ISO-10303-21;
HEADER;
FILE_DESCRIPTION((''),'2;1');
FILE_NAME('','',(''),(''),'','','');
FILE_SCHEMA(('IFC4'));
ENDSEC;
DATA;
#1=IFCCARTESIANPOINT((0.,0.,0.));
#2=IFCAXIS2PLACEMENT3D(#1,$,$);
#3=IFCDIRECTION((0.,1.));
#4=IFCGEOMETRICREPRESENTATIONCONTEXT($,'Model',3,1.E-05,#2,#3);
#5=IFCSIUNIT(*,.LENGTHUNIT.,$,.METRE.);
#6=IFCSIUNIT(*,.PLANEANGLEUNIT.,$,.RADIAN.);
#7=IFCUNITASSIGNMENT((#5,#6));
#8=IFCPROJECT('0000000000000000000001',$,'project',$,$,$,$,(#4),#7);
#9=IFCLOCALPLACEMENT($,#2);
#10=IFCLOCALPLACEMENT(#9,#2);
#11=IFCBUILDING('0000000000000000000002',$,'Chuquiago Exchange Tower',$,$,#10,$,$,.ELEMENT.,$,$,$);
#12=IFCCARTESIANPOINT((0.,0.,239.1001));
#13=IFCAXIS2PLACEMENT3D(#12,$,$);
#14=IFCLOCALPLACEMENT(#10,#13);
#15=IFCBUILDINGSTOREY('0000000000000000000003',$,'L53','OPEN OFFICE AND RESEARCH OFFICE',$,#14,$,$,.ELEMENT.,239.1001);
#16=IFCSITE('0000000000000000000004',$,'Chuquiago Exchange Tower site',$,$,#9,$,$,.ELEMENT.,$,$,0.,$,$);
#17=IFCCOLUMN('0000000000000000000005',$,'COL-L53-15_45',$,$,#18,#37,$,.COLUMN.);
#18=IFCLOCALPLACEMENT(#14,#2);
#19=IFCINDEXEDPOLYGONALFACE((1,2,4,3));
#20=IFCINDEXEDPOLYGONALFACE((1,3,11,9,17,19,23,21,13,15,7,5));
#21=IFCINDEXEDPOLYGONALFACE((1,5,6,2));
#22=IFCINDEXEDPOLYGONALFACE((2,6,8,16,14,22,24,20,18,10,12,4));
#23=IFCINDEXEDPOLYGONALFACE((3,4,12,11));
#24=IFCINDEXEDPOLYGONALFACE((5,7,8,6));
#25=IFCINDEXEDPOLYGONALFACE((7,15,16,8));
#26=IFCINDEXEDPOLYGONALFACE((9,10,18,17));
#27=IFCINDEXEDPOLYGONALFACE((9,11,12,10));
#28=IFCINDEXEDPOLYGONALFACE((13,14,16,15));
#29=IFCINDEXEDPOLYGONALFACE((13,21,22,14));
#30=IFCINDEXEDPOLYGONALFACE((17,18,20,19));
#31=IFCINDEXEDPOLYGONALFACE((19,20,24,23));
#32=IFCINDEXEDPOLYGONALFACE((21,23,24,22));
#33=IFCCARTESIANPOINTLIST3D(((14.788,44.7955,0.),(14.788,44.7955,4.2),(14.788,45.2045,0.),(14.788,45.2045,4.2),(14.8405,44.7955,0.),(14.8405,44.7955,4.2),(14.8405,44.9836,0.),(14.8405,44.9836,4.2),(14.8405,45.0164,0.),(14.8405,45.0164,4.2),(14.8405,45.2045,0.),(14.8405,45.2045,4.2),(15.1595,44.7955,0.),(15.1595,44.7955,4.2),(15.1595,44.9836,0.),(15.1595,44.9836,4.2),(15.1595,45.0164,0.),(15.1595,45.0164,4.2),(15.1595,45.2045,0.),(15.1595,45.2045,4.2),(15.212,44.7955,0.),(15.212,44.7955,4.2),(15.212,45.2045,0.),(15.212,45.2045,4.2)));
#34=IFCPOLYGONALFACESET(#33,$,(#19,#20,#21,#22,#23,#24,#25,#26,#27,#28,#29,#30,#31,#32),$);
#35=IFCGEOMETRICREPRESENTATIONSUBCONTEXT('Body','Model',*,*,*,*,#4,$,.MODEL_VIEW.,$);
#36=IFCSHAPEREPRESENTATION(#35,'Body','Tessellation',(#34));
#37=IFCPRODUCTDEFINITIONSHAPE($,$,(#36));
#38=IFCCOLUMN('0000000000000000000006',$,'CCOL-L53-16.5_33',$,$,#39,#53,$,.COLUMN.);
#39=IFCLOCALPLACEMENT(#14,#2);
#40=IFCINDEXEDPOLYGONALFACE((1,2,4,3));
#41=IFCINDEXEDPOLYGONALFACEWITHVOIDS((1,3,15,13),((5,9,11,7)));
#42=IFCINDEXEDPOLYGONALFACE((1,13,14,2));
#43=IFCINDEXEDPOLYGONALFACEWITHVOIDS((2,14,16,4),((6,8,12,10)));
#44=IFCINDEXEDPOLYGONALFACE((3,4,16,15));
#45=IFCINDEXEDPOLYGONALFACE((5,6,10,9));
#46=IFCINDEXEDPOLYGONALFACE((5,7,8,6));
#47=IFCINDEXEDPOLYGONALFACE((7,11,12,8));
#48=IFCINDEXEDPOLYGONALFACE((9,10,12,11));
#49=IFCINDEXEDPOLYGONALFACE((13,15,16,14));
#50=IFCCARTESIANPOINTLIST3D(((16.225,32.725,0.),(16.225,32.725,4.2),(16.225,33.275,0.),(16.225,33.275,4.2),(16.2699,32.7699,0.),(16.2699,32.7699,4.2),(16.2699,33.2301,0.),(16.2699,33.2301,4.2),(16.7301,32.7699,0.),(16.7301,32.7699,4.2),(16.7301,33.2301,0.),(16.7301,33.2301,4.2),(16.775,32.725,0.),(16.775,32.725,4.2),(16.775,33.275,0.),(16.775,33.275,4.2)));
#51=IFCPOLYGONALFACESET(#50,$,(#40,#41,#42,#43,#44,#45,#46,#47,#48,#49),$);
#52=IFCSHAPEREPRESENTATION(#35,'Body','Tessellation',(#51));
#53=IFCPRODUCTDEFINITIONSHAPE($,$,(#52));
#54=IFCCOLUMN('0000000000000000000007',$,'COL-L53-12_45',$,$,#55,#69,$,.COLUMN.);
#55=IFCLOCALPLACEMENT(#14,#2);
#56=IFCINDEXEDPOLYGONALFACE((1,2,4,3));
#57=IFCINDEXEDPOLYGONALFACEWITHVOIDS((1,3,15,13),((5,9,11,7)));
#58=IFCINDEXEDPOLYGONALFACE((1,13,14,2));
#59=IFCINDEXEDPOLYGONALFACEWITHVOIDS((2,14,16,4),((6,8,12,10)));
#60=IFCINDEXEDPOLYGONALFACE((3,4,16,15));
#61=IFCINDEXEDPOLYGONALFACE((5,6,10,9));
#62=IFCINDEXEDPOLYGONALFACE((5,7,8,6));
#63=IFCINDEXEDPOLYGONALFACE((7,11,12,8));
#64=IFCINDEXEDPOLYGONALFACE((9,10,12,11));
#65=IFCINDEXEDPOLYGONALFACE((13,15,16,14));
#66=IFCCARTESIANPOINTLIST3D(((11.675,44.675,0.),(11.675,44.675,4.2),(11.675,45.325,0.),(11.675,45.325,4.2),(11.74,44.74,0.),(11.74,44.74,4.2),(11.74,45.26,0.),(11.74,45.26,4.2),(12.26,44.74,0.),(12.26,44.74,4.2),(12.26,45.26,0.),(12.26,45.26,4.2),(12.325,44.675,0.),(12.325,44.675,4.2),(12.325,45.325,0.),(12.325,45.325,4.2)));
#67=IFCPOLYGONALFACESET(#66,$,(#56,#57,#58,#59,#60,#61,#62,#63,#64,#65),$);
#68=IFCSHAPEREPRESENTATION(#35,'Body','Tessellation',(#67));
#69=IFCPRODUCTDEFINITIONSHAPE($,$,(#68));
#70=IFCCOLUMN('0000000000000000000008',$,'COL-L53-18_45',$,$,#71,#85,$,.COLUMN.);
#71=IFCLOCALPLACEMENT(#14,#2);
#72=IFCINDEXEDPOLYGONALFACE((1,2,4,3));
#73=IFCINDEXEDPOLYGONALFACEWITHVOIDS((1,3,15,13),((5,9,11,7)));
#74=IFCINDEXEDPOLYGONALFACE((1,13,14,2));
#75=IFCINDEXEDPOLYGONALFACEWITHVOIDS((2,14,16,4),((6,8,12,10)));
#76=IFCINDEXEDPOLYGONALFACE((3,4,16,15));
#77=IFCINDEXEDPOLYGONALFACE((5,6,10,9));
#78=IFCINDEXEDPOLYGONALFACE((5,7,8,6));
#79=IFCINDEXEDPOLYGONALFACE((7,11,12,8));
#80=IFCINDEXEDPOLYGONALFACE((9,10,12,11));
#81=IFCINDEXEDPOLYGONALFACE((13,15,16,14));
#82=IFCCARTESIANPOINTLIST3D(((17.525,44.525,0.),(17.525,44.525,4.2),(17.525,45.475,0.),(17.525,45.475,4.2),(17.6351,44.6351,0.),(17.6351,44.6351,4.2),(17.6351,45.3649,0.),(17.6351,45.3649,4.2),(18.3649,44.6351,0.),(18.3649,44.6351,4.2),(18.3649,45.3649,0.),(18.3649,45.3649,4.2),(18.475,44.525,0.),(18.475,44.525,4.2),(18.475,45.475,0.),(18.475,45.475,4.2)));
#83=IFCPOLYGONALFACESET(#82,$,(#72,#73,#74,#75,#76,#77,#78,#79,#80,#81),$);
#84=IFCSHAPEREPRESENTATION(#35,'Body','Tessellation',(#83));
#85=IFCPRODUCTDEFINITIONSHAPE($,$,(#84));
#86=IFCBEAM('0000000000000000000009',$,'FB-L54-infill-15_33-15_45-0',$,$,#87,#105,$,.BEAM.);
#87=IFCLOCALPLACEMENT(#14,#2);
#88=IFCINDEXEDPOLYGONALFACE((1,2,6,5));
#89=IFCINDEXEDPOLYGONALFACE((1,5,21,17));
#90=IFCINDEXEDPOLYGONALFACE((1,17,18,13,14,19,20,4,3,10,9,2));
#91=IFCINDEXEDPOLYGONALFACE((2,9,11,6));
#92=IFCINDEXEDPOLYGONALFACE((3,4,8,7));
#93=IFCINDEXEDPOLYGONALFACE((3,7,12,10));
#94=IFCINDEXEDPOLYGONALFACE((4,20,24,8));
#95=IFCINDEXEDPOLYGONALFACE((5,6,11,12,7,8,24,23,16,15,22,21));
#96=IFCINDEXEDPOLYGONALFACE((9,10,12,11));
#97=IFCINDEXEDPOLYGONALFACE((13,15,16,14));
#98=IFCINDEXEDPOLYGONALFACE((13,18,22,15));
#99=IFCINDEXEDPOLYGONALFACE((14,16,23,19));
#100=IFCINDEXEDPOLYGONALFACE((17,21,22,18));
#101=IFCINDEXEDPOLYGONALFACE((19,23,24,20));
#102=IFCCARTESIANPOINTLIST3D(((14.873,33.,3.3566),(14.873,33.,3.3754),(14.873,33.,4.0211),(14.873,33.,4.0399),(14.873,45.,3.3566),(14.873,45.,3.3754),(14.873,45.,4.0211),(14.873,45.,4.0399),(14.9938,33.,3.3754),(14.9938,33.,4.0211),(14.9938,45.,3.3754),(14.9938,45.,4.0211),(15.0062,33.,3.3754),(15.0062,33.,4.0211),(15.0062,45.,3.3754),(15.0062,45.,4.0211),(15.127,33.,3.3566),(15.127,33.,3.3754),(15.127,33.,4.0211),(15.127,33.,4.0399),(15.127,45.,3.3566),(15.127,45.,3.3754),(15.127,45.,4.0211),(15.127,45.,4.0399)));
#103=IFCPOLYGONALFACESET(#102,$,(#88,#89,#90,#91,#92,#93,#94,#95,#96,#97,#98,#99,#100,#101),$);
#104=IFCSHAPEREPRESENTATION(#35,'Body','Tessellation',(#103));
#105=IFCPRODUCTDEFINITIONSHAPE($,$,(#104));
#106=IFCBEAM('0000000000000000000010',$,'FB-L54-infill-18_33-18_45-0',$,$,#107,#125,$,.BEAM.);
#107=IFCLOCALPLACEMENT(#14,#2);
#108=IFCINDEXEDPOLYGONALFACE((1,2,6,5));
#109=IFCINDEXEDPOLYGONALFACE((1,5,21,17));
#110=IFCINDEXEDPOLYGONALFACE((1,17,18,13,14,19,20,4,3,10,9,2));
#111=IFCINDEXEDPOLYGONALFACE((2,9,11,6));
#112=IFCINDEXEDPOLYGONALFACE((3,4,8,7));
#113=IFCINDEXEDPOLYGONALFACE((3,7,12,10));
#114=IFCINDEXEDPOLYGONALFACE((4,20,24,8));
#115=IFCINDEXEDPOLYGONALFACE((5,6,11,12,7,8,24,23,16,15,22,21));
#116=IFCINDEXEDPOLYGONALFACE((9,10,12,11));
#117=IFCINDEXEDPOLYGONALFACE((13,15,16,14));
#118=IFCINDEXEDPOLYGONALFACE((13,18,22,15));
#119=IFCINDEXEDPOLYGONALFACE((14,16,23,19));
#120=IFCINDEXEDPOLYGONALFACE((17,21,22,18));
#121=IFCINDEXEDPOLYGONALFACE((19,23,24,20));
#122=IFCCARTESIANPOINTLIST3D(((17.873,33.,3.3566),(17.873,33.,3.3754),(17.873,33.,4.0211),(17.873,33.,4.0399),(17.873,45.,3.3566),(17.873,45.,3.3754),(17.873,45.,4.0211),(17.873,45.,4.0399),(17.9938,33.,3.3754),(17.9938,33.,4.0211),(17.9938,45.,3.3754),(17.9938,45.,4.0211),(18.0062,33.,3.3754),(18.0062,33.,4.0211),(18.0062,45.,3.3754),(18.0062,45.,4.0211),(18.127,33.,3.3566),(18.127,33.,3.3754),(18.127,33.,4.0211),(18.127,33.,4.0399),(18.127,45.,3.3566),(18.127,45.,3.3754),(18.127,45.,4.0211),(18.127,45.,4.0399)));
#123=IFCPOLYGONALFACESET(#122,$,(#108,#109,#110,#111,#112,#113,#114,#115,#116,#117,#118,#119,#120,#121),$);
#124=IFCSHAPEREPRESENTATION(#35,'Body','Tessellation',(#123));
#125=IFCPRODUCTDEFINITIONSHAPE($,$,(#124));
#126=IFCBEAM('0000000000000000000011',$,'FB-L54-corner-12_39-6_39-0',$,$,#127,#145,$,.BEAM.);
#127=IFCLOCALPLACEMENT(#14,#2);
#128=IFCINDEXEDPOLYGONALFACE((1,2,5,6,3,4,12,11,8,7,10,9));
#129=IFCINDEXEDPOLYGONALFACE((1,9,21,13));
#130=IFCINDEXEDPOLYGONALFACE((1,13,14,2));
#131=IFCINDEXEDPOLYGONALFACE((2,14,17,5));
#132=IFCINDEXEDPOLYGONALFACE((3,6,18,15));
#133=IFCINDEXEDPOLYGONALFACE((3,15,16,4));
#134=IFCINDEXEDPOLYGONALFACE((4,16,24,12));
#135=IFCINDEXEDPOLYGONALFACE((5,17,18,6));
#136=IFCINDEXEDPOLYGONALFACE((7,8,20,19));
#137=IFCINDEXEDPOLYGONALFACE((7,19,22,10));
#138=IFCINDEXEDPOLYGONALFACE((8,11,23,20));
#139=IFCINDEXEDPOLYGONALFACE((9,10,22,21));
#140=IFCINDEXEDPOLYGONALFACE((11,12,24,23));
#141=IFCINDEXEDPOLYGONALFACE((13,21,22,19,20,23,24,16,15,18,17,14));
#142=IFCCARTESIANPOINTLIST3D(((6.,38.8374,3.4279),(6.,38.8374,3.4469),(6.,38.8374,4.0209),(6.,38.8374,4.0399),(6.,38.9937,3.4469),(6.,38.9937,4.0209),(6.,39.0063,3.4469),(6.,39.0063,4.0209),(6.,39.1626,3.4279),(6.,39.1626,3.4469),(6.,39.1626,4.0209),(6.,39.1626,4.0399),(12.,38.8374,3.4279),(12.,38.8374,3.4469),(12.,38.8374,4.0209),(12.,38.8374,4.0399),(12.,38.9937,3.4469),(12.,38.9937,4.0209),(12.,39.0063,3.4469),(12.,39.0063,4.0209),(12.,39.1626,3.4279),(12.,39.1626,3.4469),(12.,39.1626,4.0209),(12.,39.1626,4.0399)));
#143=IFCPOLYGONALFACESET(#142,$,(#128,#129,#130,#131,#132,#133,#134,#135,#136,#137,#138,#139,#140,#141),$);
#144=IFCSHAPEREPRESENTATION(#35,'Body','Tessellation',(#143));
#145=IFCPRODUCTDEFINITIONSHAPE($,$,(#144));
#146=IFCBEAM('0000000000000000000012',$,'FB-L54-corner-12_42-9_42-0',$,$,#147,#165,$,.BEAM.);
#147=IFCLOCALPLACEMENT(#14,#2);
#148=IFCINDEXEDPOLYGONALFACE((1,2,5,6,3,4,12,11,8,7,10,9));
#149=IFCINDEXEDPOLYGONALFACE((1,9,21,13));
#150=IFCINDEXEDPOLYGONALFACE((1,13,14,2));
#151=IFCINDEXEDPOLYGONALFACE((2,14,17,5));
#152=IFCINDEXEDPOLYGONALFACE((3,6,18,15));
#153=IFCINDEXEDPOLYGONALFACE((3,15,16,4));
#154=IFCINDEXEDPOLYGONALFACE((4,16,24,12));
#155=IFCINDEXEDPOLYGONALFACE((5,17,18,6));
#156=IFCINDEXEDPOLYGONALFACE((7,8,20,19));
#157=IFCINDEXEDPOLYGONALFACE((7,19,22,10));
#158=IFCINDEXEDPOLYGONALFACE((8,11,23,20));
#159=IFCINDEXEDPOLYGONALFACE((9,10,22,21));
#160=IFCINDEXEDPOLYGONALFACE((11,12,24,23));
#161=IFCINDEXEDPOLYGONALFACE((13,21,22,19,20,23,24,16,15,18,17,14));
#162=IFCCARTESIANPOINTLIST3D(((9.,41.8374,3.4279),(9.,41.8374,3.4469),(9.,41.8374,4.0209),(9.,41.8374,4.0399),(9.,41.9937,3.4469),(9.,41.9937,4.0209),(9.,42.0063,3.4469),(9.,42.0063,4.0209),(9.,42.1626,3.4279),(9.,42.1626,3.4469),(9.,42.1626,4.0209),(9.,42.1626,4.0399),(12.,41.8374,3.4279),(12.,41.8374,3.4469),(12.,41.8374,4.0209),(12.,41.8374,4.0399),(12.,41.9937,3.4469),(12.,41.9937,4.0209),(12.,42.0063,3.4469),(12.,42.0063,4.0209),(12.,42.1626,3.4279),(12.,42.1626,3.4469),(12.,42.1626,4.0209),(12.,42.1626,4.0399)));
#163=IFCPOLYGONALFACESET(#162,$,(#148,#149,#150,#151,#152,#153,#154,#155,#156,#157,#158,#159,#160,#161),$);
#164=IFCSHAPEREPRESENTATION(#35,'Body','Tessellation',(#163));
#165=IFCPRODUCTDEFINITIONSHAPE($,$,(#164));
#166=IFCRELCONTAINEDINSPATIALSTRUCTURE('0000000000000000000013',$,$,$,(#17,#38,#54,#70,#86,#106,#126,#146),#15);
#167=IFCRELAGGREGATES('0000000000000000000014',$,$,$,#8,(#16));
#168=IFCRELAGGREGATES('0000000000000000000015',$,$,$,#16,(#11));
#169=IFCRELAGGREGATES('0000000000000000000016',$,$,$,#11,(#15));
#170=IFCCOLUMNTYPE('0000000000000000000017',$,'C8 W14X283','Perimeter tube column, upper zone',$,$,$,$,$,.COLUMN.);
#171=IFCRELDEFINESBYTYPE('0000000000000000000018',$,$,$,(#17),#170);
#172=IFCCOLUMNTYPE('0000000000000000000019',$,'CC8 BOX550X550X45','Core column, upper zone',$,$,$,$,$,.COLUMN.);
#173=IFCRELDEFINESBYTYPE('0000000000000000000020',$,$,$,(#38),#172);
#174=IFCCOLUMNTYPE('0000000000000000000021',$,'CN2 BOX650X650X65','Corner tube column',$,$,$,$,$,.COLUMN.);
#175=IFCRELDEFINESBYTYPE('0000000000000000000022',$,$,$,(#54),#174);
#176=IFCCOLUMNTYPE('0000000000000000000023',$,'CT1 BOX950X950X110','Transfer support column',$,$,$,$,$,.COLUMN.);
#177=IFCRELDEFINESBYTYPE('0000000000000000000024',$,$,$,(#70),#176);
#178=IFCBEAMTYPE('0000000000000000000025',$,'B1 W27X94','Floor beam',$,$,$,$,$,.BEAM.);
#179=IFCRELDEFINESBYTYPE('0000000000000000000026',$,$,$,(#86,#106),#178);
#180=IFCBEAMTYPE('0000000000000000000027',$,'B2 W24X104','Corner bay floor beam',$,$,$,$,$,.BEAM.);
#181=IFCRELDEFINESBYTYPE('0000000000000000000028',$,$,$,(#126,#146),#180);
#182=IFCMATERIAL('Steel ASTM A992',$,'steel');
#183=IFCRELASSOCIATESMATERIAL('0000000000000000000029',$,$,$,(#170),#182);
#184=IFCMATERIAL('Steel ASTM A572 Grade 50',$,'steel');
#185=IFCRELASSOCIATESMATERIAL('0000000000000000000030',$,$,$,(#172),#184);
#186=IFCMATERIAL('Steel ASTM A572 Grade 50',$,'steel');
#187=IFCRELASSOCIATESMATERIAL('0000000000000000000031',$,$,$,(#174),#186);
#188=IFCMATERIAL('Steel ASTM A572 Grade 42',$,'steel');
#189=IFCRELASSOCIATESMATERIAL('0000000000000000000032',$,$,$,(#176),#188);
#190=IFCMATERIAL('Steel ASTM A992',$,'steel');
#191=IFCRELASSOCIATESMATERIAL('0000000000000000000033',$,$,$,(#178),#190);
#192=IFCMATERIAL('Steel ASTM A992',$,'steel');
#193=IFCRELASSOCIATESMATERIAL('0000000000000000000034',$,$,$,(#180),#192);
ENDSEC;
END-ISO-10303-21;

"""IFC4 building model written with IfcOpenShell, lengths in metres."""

from ifc_helpers import new_model, si_unit, direction, frame, origin, origin_2d, place, context, subcontext, project, spatial, hollow_rectangle, i_section, extrude, material, material_profile, profile_set, type_object, element, save


model = new_model("IFC4")

# Units and contexts
model_context = context("Model", 3, precision=1e-05, world=origin(), true_north=direction((0.0, 1.0)))
body_context = subcontext(model_context, "Body", "Model", "MODEL_VIEW")
ifc_project = project(units=[si_unit("LENGTHUNIT", "METRE"), si_unit("PLANEANGLEUNIT", "RADIAN")], contexts=[model_context])

# Site, building, storey
site_placement = place(None, origin())
site = spatial("IfcSite", under=ifc_project, at=site_placement, Name="Chuquiago Exchange Tower site", CompositionType="ELEMENT", RefElevation=0.0)
building_placement = place(site_placement, origin())
building = spatial("IfcBuilding", under=site, at=building_placement, Name="Chuquiago Exchange Tower", CompositionType="ELEMENT")
storey_placement = place(building_placement, frame((0.0, 0.0, 239.1001)))
storey = spatial("IfcBuildingStorey", under=building, at=storey_placement, Name="L53", Description="OPEN OFFICE AND RESEARCH OFFICE", CompositionType="ELEMENT", Elevation=239.1001)

# Columns
ifc_material_1 = material(Name="Steel ASTM A992", Category="steel")
ifc_material_profile_1 = material_profile(ifc_material_1, i_section(OverallWidth=0.4089, OverallDepth=0.4241, WebThickness=0.0327, FlangeThickness=0.0525, at=origin_2d()), Name="W14X283")
ifc_profile_set_1 = profile_set([ifc_material_profile_1], Name="Steel ASTM A992")
column_type_1 = type_object("IfcColumnType", Name="C8 W14X283", Description="Perimeter tube column, upper zone", PredefinedType="COLUMN", material=ifc_profile_set_1)
column_1_placement = place(storey_placement, frame((15.0, 45.0, 0.0), z_axis=(0.0, 0.0, 1.0), x_axis=(0.0, 1.0, 0.0)))
element("IfcColumn", 1, at=column_1_placement, inside=storey, type_object=column_type_1, Name="COL-L53-15_45", PredefinedType="COLUMN", context=body_context, shape_type="SweptSolid", body=[
    extrude(i_section(OverallWidth=0.4089, OverallDepth=0.4241, WebThickness=0.0327, FlangeThickness=0.0525, at=origin_2d()), origin(), (0.0, 0.0, 1.0), 4.2),
])
ifc_material_2 = material(Name="Steel ASTM A572 Grade 50", Category="steel")
ifc_material_profile_2 = material_profile(ifc_material_2, hollow_rectangle(XDim=0.55, YDim=0.55, WallThickness=0.0449, at=origin_2d()), Name="BOX550X550X45")
ifc_profile_set_2 = profile_set([ifc_material_profile_2], Name="Steel ASTM A572 Grade 50")
column_type_2 = type_object("IfcColumnType", Name="CC8 BOX550X550X45", Description="Core column, upper zone", PredefinedType="COLUMN", material=ifc_profile_set_2)
column_2_placement = place(storey_placement, frame((16.5, 33.0, 0.0), z_axis=(0.0, 0.0, 1.0), x_axis=(1.0, 0.0, 0.0)))
element("IfcColumn", 2, at=column_2_placement, inside=storey, type_object=column_type_2, Name="CCOL-L53-16.5_33", PredefinedType="COLUMN", context=body_context, shape_type="SweptSolid", body=[
    extrude(hollow_rectangle(XDim=0.55, YDim=0.55, WallThickness=0.0449, at=origin_2d()), origin(), (0.0, 0.0, 1.0), 4.2),
])
ifc_material_3 = material(Name="Steel ASTM A572 Grade 50", Category="steel")
ifc_material_profile_3 = material_profile(ifc_material_3, hollow_rectangle(XDim=0.6499, YDim=0.6499, WallThickness=0.0649, at=origin_2d()), Name="BOX650X650X65")
ifc_profile_set_3 = profile_set([ifc_material_profile_3], Name="Steel ASTM A572 Grade 50")
column_type_3 = type_object("IfcColumnType", Name="CN2 BOX650X650X65", Description="Corner tube column", PredefinedType="COLUMN", material=ifc_profile_set_3)
column_3_placement = place(storey_placement, frame((12.0, 45.0, 0.0), z_axis=(0.0, 0.0, 1.0), x_axis=(0.0, 1.0, 0.0)))
element("IfcColumn", 3, at=column_3_placement, inside=storey, type_object=column_type_3, Name="COL-L53-12_45", PredefinedType="COLUMN", context=body_context, shape_type="SweptSolid", body=[
    extrude(hollow_rectangle(XDim=0.6499, YDim=0.6499, WallThickness=0.0649, at=origin_2d()), origin(), (0.0, 0.0, 1.0), 4.2),
])
ifc_material_4 = material(Name="Steel ASTM A572 Grade 42", Category="steel")
ifc_material_profile_4 = material_profile(ifc_material_4, hollow_rectangle(XDim=0.95, YDim=0.95, WallThickness=0.1101, at=origin_2d()), Name="BOX950X950X110")
ifc_profile_set_4 = profile_set([ifc_material_profile_4], Name="Steel ASTM A572 Grade 42")
column_type_4 = type_object("IfcColumnType", Name="CT1 BOX950X950X110", Description="Transfer support column", PredefinedType="COLUMN", material=ifc_profile_set_4)
column_4_placement = place(storey_placement, frame((18.0, 45.0, 0.0), z_axis=(0.0, 0.0, 1.0), x_axis=(0.0, 1.0, 0.0)))
element("IfcColumn", 4, at=column_4_placement, inside=storey, type_object=column_type_4, Name="COL-L53-18_45", PredefinedType="COLUMN", context=body_context, shape_type="SweptSolid", body=[
    extrude(hollow_rectangle(XDim=0.95, YDim=0.95, WallThickness=0.1101, at=origin_2d()), origin(), (0.0, 0.0, 1.0), 4.2),
])

# Beams
ifc_material_5 = material(Name="Steel ASTM A992", Category="steel")
ifc_material_profile_5 = material_profile(ifc_material_5, i_section(OverallWidth=0.2539, OverallDepth=0.6833, WebThickness=0.0125, FlangeThickness=0.0188, at=origin_2d()), Name="W27X94")
ifc_profile_set_5 = profile_set([ifc_material_profile_5], Name="Steel ASTM A992")
beam_type_1 = type_object("IfcBeamType", Name="B1 W27X94", Description="Floor beam", PredefinedType="BEAM", material=ifc_profile_set_5)
for number, where, z_axis, x_axis, name in (
    (5, (15.0, 33.0, 3.6982), (0.0, 1.0, 0.0), (-1.0, 0.0, 0.0), "FB-L54-infill-15_33-15_45-0"),
    (6, (18.0, 33.0, 3.6982), (0.0, 1.0, 0.0), (-1.0, 0.0, 0.0), "FB-L54-infill-18_33-18_45-0"),
):
    element("IfcBeam", number, at=place(storey_placement, frame(where, z_axis=z_axis, x_axis=x_axis)), inside=storey, type_object=beam_type_1, Name=name, PredefinedType="BEAM", context=body_context, shape_type="SweptSolid", body=[
        extrude(i_section(OverallWidth=0.2539, OverallDepth=0.6833, WebThickness=0.0125, FlangeThickness=0.0188, at=origin_2d()), origin(), (0.0, 0.0, 1.0), 12.0),
    ])
ifc_material_6 = material(Name="Steel ASTM A992", Category="steel")
ifc_material_profile_6 = material_profile(ifc_material_6, i_section(OverallWidth=0.3252, OverallDepth=0.6121, WebThickness=0.0127, FlangeThickness=0.019, at=origin_2d()), Name="W24X104")
ifc_profile_set_6 = profile_set([ifc_material_profile_6], Name="Steel ASTM A992")
beam_type_2 = type_object("IfcBeamType", Name="B2 W24X104", Description="Corner bay floor beam", PredefinedType="BEAM", material=ifc_profile_set_6)
beam_1_placement = place(storey_placement, frame((12.0, 39.0, 3.7339), z_axis=(-1.0, 0.0, 0.0), x_axis=(0.0, -1.0, 0.0)))
element("IfcBeam", 7, at=beam_1_placement, inside=storey, type_object=beam_type_2, Name="FB-L54-corner-12_39-6_39-0", PredefinedType="BEAM", context=body_context, shape_type="SweptSolid", body=[
    extrude(i_section(OverallWidth=0.3252, OverallDepth=0.6121, WebThickness=0.0127, FlangeThickness=0.019, at=origin_2d()), origin(), (0.0, 0.0, 1.0), 6.0),
])
beam_2_placement = place(storey_placement, frame((12.0, 42.0, 3.7339), z_axis=(-1.0, 0.0, 0.0), x_axis=(0.0, -1.0, 0.0)))
element("IfcBeam", 8, at=beam_2_placement, inside=storey, type_object=beam_type_2, Name="FB-L54-corner-12_42-9_42-0", PredefinedType="BEAM", context=body_context, shape_type="SweptSolid", body=[
    extrude(i_section(OverallWidth=0.3252, OverallDepth=0.6121, WebThickness=0.0127, FlangeThickness=0.019, at=origin_2d()), origin(), (0.0, 0.0, 1.0), 3.0),
])

save(model, "model.ifc")
